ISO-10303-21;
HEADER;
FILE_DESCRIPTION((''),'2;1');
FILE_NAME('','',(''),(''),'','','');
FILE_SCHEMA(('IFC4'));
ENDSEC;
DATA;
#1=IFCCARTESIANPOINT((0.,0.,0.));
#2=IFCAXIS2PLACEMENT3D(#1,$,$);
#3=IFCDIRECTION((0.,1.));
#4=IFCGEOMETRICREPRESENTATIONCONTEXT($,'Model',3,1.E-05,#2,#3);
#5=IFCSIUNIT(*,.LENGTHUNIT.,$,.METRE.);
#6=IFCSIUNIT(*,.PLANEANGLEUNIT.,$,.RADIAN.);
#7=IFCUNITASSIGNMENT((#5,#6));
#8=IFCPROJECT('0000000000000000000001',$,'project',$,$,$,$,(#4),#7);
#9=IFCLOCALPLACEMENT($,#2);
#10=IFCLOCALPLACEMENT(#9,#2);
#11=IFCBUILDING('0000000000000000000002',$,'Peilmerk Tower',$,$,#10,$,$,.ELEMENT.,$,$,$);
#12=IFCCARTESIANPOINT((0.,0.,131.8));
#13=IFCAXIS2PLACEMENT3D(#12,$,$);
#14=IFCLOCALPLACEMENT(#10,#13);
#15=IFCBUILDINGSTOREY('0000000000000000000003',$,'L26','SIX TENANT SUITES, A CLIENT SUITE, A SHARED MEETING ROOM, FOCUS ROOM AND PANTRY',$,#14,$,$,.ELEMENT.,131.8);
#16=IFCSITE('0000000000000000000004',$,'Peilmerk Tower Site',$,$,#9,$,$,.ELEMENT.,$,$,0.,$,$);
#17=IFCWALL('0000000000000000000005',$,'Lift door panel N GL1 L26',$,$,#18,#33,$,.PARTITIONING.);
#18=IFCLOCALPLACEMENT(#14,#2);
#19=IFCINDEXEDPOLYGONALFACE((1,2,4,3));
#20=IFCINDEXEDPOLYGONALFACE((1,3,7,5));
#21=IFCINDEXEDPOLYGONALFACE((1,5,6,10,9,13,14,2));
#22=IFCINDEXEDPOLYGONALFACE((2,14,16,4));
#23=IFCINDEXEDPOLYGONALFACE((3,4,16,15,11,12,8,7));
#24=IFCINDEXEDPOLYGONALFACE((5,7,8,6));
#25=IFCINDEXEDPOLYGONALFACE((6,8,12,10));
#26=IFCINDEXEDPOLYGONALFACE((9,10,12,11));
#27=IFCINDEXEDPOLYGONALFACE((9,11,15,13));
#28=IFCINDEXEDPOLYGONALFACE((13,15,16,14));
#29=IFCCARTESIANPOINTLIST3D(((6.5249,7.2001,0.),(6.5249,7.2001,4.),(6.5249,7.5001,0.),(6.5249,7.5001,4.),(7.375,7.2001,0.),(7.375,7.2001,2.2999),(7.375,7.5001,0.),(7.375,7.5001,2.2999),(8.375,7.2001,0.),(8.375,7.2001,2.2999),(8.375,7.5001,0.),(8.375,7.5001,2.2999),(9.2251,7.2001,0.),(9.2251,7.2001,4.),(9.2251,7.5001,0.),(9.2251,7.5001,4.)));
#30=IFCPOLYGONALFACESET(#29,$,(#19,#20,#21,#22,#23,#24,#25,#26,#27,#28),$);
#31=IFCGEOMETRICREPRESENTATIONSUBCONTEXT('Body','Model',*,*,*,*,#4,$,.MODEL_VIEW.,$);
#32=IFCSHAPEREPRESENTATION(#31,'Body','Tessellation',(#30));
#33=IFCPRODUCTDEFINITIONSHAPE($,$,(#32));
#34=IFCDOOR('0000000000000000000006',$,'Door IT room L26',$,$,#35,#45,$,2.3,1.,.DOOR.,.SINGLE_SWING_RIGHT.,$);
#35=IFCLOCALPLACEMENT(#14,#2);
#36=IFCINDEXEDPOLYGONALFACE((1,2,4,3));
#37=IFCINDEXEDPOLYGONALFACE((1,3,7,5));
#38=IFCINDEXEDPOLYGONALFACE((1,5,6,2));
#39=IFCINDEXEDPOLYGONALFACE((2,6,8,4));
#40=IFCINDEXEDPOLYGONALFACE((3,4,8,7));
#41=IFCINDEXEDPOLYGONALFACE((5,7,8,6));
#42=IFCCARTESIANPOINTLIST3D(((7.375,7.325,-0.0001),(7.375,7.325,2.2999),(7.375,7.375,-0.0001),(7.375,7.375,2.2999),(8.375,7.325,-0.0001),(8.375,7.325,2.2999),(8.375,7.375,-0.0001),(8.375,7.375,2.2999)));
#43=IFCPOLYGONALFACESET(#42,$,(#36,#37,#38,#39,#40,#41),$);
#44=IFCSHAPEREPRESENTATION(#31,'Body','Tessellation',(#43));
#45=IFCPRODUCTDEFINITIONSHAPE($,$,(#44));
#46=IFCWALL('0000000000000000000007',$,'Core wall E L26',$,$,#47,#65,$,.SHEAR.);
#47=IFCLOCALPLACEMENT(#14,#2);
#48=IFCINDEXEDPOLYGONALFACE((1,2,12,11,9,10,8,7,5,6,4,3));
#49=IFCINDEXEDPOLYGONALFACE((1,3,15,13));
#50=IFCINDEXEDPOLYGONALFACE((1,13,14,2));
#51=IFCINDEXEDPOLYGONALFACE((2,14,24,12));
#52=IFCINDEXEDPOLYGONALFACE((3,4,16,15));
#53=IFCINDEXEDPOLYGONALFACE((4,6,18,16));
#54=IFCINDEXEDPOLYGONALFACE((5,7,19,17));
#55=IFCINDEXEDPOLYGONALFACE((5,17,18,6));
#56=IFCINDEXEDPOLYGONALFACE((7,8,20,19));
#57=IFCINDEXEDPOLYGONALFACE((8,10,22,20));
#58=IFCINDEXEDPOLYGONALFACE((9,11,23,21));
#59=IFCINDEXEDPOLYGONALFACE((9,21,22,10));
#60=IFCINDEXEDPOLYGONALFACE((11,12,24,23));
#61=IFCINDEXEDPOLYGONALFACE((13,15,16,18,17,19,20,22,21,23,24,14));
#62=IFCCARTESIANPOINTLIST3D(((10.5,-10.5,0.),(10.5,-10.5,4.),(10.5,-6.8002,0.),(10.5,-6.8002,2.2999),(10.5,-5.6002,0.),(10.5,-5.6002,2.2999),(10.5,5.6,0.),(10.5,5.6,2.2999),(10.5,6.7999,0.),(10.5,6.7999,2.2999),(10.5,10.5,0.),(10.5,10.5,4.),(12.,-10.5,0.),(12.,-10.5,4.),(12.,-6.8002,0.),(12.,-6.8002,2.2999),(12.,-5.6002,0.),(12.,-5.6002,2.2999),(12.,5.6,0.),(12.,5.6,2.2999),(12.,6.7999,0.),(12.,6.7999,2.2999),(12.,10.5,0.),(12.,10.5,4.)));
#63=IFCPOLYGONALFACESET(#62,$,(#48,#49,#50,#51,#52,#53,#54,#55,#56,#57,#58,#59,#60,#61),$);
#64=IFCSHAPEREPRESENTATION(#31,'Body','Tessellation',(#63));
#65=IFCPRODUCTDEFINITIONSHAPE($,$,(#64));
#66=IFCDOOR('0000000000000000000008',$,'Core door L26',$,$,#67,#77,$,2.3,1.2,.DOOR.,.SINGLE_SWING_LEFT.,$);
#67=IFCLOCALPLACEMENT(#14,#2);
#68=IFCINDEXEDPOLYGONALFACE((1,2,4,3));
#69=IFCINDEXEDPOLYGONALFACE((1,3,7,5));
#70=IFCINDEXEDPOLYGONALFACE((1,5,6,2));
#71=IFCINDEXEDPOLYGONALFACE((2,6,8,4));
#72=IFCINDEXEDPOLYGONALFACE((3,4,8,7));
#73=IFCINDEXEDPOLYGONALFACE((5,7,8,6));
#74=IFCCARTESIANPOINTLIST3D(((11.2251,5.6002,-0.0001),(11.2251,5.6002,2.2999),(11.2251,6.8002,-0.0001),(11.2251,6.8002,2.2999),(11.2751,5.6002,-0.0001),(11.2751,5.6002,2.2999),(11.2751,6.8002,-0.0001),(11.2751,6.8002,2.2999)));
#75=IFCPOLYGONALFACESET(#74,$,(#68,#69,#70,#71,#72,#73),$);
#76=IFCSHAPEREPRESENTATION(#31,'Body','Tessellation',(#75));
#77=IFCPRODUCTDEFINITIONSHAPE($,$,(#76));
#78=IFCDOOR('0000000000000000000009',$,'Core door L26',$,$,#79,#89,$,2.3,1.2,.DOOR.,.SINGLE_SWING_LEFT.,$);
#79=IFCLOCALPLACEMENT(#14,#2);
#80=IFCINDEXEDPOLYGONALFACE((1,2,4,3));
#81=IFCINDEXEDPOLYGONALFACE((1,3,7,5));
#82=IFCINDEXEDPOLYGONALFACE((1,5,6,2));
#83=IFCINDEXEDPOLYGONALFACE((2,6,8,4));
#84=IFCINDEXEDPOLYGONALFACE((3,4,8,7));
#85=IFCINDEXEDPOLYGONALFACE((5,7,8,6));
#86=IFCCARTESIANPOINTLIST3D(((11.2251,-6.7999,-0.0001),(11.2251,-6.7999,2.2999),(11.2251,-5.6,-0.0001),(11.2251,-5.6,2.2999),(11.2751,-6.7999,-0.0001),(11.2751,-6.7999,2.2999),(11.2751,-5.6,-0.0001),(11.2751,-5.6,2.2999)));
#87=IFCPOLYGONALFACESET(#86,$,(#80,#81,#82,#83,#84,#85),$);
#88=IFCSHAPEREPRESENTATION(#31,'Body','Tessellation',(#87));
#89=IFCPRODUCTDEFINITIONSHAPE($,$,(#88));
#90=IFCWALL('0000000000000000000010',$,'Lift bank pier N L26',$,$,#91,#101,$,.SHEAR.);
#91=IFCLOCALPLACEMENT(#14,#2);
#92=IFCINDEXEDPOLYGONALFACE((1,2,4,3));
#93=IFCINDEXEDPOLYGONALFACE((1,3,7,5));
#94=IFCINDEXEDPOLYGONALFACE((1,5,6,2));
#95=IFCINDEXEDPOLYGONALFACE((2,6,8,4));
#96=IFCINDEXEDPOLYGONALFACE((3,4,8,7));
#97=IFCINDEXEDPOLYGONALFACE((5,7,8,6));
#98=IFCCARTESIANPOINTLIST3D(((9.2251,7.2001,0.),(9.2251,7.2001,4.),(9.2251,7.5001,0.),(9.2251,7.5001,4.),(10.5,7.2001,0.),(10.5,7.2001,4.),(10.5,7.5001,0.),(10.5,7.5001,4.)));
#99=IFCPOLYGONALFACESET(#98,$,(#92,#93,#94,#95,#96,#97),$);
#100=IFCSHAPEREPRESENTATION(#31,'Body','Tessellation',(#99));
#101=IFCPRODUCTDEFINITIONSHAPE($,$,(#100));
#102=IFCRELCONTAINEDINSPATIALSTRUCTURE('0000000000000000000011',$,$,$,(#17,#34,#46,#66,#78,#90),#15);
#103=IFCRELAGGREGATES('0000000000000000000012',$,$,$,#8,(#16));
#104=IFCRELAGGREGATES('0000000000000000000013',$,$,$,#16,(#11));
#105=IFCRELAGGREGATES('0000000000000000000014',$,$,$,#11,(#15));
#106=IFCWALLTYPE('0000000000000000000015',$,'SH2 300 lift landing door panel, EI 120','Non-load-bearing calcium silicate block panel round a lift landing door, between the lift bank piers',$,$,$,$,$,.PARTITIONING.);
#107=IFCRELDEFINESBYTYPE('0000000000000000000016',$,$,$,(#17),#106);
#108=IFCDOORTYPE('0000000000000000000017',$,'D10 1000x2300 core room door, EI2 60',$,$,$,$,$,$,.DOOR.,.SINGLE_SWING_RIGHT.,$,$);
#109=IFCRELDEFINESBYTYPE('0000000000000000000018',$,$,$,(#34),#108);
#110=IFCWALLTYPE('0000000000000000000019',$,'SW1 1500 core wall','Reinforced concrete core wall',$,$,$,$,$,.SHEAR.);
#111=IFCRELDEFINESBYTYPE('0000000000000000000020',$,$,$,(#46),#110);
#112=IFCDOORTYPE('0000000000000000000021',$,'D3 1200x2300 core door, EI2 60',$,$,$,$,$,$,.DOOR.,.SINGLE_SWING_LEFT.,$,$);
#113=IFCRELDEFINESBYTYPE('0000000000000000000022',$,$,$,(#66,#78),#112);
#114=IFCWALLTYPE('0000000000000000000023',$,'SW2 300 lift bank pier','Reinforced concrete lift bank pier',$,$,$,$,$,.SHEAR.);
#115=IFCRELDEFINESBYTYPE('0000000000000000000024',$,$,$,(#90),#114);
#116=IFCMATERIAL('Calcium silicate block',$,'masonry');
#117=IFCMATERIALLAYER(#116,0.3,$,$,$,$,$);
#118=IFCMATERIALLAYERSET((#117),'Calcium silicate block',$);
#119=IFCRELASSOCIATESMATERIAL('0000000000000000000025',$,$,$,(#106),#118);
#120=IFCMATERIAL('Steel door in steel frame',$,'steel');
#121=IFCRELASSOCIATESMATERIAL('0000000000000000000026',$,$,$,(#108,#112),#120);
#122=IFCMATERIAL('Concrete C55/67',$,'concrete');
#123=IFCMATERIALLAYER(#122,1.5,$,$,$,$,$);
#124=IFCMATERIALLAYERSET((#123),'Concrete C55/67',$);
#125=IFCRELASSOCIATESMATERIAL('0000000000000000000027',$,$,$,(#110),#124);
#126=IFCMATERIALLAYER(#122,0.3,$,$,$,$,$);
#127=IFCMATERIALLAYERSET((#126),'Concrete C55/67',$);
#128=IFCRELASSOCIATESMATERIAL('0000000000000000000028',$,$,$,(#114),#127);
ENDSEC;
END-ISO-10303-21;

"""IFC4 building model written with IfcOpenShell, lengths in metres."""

from ifc_helpers import new_model, si_unit, direction, frame, frame_2d, origin, place, context, subcontext, project, spatial, rectangle, extrude, material, layer, layer_set, type_object, element, fill, save


model = new_model("IFC4")

# Units and contexts
model_context = context("Model", 3, precision=1e-05, world=origin(), true_north=direction((0.0, 1.0)))
body_context = subcontext(model_context, "Body", "Model", "MODEL_VIEW")
ifc_project = project(units=[si_unit("LENGTHUNIT", "METRE"), si_unit("PLANEANGLEUNIT", "RADIAN")], contexts=[model_context])

# Site, building, storey
site_placement = place(None, origin())
site = spatial("IfcSite", under=ifc_project, at=site_placement, Name="Peilmerk Tower Site", CompositionType="ELEMENT", RefElevation=0.0)
building_placement = place(site_placement, origin())
building = spatial("IfcBuilding", under=site, at=building_placement, Name="Peilmerk Tower", CompositionType="ELEMENT")
storey_placement = place(building_placement, frame((0.0, 0.0, 131.8)))
storey = spatial("IfcBuildingStorey", under=building, at=storey_placement, Name="L26", Description="SIX TENANT SUITES, A CLIENT SUITE, A SHARED MEETING ROOM, FOCUS ROOM AND PANTRY", CompositionType="ELEMENT", Elevation=131.8)

# Shared definitions
ifc_material_1 = material(Name="Calcium silicate block", Category="masonry")

# Wall, opening, door
ifc_layer_1 = layer(ifc_material_1, 0.3)
ifc_layer_set_1 = layer_set([ifc_layer_1], Name="Calcium silicate block")
wall_type_1 = type_object("IfcWallType", Name="SH2 300 lift landing door panel, EI 120", Description="Non-load-bearing calcium silicate block panel round a lift landing door, between the lift bank piers", PredefinedType="PARTITIONING", material=ifc_layer_set_1)
wall_1_placement = place(storey_placement, frame((6.5249, 7.3501, 0.0), z_axis=(0.0, 0.0, 1.0), x_axis=(1.0, 0.0, 0.0)))
wall_1 = element("IfcWall", 1, at=wall_1_placement, inside=storey, type_object=wall_type_1, Name="Lift door panel N GL1 L26", PredefinedType="PARTITIONING", context=body_context, shape_type="SweptSolid", body=[
    extrude(rectangle(XDim=2.7002, YDim=0.3, at=frame_2d((1.3501, 0.0))), origin(), (0.0, 0.0, 1.0), 4.0),
])
opening_1_placement = place(wall_1_placement, frame((0.8501, 0.0, 0.0)))
opening_1 = element("IfcOpeningElement", 2, at=opening_1_placement, cuts=wall_1, PredefinedType="OPENING", context=body_context, shape_type="SweptSolid", body=[
    extrude(rectangle(XDim=1.0, YDim=2.3, at=frame_2d((0.5, 1.1499))), frame((0.0, 0.1599, 0.0), z_axis=(0.0, -1.0, 0.0), x_axis=(1.0, 0.0, 0.0)), (0.0, 0.0, 1.0), 0.3201),
])
ifc_material_2 = material(Name="Steel door in steel frame", Category="steel")
door_type_1 = type_object("IfcDoorType", Name="D10 1000x2300 core room door, EI2 60", OperationType="SINGLE_SWING_RIGHT", PredefinedType="DOOR", material=ifc_material_2)
door_1_placement = place(opening_1_placement, origin())
door_1 = element("IfcDoor", 3, at=door_1_placement, inside=storey, type_object=door_type_1, Name="Door IT room L26", OperationType="SINGLE_SWING_RIGHT", OverallHeight=2.3, OverallWidth=1.0, PredefinedType="DOOR", context=body_context, shape_type="SweptSolid", body=[
    extrude(rectangle(XDim=1.0, YDim=2.3, at=frame_2d((0.5, 1.1499))), frame((0.0, 0.0249, 0.0), z_axis=(0.0, -1.0, 0.0), x_axis=(1.0, 0.0, 0.0)), (0.0, 0.0, 1.0), 0.05),
])
fill(opening_1, door_1)

# Wall, openings, doors
ifc_material_3 = material(Name="Concrete C55/67", Category="concrete")
ifc_layer_2 = layer(ifc_material_3, 1.5)
ifc_layer_set_2 = layer_set([ifc_layer_2], Name="Concrete C55/67")
wall_type_2 = type_object("IfcWallType", Name="SW1 1500 core wall", Description="Reinforced concrete core wall", PredefinedType="SHEAR", material=ifc_layer_set_2)
wall_2_placement = place(storey_placement, frame((11.25, 10.5, 0.0), z_axis=(0.0, 0.0, 1.0), x_axis=(0.0, -1.0, 0.0)))
wall_2 = element("IfcWall", 4, at=wall_2_placement, inside=storey, type_object=wall_type_2, Name="Core wall E L26", PredefinedType="SHEAR", context=body_context, shape_type="SweptSolid", body=[
    extrude(rectangle(XDim=21.0, YDim=1.5, at=frame_2d((10.5, 0.0))), origin(), (0.0, 0.0, 1.0), 4.0),
])
opening_2_placement = place(wall_2_placement, frame((3.7, 0.0, 0.0)))
opening_2 = element("IfcOpeningElement", 5, at=opening_2_placement, cuts=wall_2, PredefinedType="OPENING", context=body_context, shape_type="SweptSolid", body=[
    extrude(rectangle(XDim=1.2, YDim=2.3, at=frame_2d((0.6001, 1.1499))), frame((0.0, 0.76, 0.0), z_axis=(0.0, -1.0, 0.0), x_axis=(1.0, 0.0, 0.0)), (0.0, 0.0, 1.0), 1.52),
])
opening_3_placement = place(wall_2_placement, frame((16.1001, 0.0, 0.0)))
opening_3 = element("IfcOpeningElement", 6, at=opening_3_placement, cuts=wall_2, PredefinedType="OPENING", context=body_context, shape_type="SweptSolid", body=[
    extrude(rectangle(XDim=1.2, YDim=2.3, at=frame_2d((0.6001, 1.1499))), frame((0.0, 0.76, 0.0), z_axis=(0.0, -1.0, 0.0), x_axis=(1.0, 0.0, 0.0)), (0.0, 0.0, 1.0), 1.52),
])
door_type_2 = type_object("IfcDoorType", Name="D3 1200x2300 core door, EI2 60", OperationType="SINGLE_SWING_LEFT", PredefinedType="DOOR", material=ifc_material_2)
door_2_placement = place(opening_2_placement, frame((1.2, 0.0, 0.0), z_axis=(0.0, 0.0, 1.0), x_axis=(-1.0, 0.0, 0.0)))
door_2 = element("IfcDoor", 7, at=door_2_placement, inside=storey, type_object=door_type_2, Name="Core door L26", OperationType="SINGLE_SWING_LEFT", OverallHeight=2.3, OverallWidth=1.2, PredefinedType="DOOR", context=body_context, shape_type="SweptSolid", body=[
    extrude(rectangle(XDim=1.2, YDim=2.3, at=frame_2d((0.6001, 1.1499))), frame((0.0, 0.0249, 0.0), z_axis=(0.0, -1.0, 0.0), x_axis=(1.0, 0.0, 0.0)), (0.0, 0.0, 1.0), 0.05),
])
fill(opening_2, door_2)
door_3_placement = place(opening_3_placement, frame((1.2, 0.0, 0.0), z_axis=(0.0, 0.0, 1.0), x_axis=(-1.0, 0.0, 0.0)))
door_3 = element("IfcDoor", 8, at=door_3_placement, inside=storey, type_object=door_type_2, Name="Core door L26", OperationType="SINGLE_SWING_LEFT", OverallHeight=2.3, OverallWidth=1.2, PredefinedType="DOOR", context=body_context, shape_type="SweptSolid", body=[
    extrude(rectangle(XDim=1.2, YDim=2.3, at=frame_2d((0.6001, 1.1499))), frame((0.0, 0.0249, 0.0), z_axis=(0.0, -1.0, 0.0), x_axis=(1.0, 0.0, 0.0)), (0.0, 0.0, 1.0), 0.05),
])
fill(opening_3, door_3)

# Wall
ifc_layer_3 = layer(ifc_material_3, 0.3)
ifc_layer_set_3 = layer_set([ifc_layer_3], Name="Concrete C55/67")
wall_type_3 = type_object("IfcWallType", Name="SW2 300 lift bank pier", Description="Reinforced concrete lift bank pier", PredefinedType="SHEAR", material=ifc_layer_set_3)
wall_3_placement = place(storey_placement, frame((9.2251, 7.3501, 0.0), z_axis=(0.0, 0.0, 1.0), x_axis=(1.0, 0.0, 0.0)))
element("IfcWall", 9, at=wall_3_placement, inside=storey, type_object=wall_type_3, Name="Lift bank pier N L26", PredefinedType="SHEAR", context=body_context, shape_type="SweptSolid", body=[
    extrude(rectangle(XDim=1.2749, YDim=0.3, at=frame_2d((0.6375, 0.0))), origin(), (0.0, 0.0, 1.0), 4.0),
])

save(model, "model.ifc")
